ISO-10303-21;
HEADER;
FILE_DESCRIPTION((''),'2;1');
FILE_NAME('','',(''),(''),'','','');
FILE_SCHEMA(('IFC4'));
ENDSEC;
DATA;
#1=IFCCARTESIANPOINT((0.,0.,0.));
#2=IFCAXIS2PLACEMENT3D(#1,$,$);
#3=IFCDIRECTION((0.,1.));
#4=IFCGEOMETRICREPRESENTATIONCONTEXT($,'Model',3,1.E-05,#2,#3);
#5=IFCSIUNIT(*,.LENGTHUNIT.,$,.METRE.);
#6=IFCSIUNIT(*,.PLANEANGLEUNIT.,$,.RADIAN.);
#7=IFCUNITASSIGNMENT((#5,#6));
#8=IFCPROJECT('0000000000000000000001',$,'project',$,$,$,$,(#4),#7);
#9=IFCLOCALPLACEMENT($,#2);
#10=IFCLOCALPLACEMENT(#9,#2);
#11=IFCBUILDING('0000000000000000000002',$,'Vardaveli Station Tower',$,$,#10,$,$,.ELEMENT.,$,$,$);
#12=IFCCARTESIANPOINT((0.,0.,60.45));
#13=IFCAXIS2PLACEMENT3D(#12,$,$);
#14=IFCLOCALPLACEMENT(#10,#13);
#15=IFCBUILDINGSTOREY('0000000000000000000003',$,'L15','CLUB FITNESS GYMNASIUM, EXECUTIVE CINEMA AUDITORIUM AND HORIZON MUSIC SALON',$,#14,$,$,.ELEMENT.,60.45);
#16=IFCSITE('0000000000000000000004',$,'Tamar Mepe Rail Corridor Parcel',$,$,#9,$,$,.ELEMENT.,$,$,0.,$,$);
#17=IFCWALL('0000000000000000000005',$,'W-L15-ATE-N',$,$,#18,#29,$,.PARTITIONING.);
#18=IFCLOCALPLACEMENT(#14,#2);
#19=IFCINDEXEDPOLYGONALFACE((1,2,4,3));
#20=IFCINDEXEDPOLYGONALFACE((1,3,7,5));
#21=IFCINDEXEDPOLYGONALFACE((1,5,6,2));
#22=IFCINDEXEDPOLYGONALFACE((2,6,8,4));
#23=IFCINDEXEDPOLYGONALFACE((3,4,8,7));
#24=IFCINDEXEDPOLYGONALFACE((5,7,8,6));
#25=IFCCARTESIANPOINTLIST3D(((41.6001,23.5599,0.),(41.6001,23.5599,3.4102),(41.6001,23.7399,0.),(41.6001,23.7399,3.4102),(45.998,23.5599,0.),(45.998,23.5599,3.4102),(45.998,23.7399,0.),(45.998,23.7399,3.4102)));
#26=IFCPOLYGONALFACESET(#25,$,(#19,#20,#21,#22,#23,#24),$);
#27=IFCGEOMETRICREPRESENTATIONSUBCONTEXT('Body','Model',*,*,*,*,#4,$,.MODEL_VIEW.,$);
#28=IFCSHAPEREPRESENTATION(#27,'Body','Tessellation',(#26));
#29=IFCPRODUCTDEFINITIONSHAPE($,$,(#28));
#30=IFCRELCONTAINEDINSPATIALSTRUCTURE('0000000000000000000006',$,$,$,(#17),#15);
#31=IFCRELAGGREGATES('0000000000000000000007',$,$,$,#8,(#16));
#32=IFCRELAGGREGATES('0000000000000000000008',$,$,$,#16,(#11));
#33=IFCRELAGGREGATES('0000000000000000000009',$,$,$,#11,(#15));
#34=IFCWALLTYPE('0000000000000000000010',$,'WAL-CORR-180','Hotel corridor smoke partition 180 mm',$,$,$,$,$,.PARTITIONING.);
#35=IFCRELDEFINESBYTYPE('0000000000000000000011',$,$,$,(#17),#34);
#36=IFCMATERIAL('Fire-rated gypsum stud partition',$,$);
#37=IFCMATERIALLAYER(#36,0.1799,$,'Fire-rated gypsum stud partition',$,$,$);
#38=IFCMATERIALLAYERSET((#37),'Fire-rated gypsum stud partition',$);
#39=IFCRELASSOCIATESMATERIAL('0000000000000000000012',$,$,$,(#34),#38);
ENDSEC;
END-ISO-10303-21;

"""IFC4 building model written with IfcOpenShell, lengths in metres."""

from ifc_helpers import new_model, si_unit, direction, frame, frame_2d, origin, place, context, subcontext, project, spatial, rectangle, extrude, source, transform, mapped, material, layer, layer_set, type_object, element, save


model = new_model("IFC4")

# Units and contexts
model_context = context("Model", 3, precision=1e-05, world=origin(), true_north=direction((0.0, 1.0)))
body_context = subcontext(model_context, "Body", "Model", "MODEL_VIEW")
ifc_project = project(units=[si_unit("LENGTHUNIT", "METRE"), si_unit("PLANEANGLEUNIT", "RADIAN")], contexts=[model_context])

# Site, building, storey
site_placement = place(None, origin())
site = spatial("IfcSite", under=ifc_project, at=site_placement, Name="Tamar Mepe Rail Corridor Parcel", CompositionType="ELEMENT", RefElevation=0.0)
building_placement = place(site_placement, origin())
building = spatial("IfcBuilding", under=site, at=building_placement, Name="Vardaveli Station Tower", CompositionType="ELEMENT")
storey_placement = place(building_placement, frame((0.0, 0.0, 60.45)))
storey = spatial("IfcBuildingStorey", under=building, at=storey_placement, Name="L15", Description="CLUB FITNESS GYMNASIUM, EXECUTIVE CINEMA AUDITORIUM AND HORIZON MUSIC SALON", CompositionType="ELEMENT", Elevation=60.45)

# Wall
ifc_material_1 = material(Name="Fire-rated gypsum stud partition")
ifc_layer_1 = layer(ifc_material_1, 0.1799, Name="Fire-rated gypsum stud partition")
ifc_layer_set_1 = layer_set([ifc_layer_1], Name="Fire-rated gypsum stud partition")
wall_type_1 = type_object("IfcWallType", Name="WAL-CORR-180", Description="Hotel corridor smoke partition 180 mm", PredefinedType="PARTITIONING", material=ifc_layer_set_1)
shared_shape_1 = source(origin(), body_context, "Body", "SweptSolid", [
    extrude(rectangle(XDim=4.3979, YDim=0.1799, at=frame_2d((2.199, 0.0))), origin(), (0.0, 0.0, 1.0), 3.4102),
])
wall_1_placement = place(storey_placement, frame((41.6001, 23.6499, 0.0), z_axis=(0.0, 0.0, 1.0), x_axis=(1.0, 0.0, 0.0)))
element("IfcWall", 1, at=wall_1_placement, inside=storey, type_object=wall_type_1, Name="W-L15-ATE-N", PredefinedType="PARTITIONING", context=body_context, shape_type="MappedRepresentation", body=[
    mapped(shared_shape_1, transform((0.0, 0.0, 0.0), scale=1.0)),
])

save(model, "model.ifc")
